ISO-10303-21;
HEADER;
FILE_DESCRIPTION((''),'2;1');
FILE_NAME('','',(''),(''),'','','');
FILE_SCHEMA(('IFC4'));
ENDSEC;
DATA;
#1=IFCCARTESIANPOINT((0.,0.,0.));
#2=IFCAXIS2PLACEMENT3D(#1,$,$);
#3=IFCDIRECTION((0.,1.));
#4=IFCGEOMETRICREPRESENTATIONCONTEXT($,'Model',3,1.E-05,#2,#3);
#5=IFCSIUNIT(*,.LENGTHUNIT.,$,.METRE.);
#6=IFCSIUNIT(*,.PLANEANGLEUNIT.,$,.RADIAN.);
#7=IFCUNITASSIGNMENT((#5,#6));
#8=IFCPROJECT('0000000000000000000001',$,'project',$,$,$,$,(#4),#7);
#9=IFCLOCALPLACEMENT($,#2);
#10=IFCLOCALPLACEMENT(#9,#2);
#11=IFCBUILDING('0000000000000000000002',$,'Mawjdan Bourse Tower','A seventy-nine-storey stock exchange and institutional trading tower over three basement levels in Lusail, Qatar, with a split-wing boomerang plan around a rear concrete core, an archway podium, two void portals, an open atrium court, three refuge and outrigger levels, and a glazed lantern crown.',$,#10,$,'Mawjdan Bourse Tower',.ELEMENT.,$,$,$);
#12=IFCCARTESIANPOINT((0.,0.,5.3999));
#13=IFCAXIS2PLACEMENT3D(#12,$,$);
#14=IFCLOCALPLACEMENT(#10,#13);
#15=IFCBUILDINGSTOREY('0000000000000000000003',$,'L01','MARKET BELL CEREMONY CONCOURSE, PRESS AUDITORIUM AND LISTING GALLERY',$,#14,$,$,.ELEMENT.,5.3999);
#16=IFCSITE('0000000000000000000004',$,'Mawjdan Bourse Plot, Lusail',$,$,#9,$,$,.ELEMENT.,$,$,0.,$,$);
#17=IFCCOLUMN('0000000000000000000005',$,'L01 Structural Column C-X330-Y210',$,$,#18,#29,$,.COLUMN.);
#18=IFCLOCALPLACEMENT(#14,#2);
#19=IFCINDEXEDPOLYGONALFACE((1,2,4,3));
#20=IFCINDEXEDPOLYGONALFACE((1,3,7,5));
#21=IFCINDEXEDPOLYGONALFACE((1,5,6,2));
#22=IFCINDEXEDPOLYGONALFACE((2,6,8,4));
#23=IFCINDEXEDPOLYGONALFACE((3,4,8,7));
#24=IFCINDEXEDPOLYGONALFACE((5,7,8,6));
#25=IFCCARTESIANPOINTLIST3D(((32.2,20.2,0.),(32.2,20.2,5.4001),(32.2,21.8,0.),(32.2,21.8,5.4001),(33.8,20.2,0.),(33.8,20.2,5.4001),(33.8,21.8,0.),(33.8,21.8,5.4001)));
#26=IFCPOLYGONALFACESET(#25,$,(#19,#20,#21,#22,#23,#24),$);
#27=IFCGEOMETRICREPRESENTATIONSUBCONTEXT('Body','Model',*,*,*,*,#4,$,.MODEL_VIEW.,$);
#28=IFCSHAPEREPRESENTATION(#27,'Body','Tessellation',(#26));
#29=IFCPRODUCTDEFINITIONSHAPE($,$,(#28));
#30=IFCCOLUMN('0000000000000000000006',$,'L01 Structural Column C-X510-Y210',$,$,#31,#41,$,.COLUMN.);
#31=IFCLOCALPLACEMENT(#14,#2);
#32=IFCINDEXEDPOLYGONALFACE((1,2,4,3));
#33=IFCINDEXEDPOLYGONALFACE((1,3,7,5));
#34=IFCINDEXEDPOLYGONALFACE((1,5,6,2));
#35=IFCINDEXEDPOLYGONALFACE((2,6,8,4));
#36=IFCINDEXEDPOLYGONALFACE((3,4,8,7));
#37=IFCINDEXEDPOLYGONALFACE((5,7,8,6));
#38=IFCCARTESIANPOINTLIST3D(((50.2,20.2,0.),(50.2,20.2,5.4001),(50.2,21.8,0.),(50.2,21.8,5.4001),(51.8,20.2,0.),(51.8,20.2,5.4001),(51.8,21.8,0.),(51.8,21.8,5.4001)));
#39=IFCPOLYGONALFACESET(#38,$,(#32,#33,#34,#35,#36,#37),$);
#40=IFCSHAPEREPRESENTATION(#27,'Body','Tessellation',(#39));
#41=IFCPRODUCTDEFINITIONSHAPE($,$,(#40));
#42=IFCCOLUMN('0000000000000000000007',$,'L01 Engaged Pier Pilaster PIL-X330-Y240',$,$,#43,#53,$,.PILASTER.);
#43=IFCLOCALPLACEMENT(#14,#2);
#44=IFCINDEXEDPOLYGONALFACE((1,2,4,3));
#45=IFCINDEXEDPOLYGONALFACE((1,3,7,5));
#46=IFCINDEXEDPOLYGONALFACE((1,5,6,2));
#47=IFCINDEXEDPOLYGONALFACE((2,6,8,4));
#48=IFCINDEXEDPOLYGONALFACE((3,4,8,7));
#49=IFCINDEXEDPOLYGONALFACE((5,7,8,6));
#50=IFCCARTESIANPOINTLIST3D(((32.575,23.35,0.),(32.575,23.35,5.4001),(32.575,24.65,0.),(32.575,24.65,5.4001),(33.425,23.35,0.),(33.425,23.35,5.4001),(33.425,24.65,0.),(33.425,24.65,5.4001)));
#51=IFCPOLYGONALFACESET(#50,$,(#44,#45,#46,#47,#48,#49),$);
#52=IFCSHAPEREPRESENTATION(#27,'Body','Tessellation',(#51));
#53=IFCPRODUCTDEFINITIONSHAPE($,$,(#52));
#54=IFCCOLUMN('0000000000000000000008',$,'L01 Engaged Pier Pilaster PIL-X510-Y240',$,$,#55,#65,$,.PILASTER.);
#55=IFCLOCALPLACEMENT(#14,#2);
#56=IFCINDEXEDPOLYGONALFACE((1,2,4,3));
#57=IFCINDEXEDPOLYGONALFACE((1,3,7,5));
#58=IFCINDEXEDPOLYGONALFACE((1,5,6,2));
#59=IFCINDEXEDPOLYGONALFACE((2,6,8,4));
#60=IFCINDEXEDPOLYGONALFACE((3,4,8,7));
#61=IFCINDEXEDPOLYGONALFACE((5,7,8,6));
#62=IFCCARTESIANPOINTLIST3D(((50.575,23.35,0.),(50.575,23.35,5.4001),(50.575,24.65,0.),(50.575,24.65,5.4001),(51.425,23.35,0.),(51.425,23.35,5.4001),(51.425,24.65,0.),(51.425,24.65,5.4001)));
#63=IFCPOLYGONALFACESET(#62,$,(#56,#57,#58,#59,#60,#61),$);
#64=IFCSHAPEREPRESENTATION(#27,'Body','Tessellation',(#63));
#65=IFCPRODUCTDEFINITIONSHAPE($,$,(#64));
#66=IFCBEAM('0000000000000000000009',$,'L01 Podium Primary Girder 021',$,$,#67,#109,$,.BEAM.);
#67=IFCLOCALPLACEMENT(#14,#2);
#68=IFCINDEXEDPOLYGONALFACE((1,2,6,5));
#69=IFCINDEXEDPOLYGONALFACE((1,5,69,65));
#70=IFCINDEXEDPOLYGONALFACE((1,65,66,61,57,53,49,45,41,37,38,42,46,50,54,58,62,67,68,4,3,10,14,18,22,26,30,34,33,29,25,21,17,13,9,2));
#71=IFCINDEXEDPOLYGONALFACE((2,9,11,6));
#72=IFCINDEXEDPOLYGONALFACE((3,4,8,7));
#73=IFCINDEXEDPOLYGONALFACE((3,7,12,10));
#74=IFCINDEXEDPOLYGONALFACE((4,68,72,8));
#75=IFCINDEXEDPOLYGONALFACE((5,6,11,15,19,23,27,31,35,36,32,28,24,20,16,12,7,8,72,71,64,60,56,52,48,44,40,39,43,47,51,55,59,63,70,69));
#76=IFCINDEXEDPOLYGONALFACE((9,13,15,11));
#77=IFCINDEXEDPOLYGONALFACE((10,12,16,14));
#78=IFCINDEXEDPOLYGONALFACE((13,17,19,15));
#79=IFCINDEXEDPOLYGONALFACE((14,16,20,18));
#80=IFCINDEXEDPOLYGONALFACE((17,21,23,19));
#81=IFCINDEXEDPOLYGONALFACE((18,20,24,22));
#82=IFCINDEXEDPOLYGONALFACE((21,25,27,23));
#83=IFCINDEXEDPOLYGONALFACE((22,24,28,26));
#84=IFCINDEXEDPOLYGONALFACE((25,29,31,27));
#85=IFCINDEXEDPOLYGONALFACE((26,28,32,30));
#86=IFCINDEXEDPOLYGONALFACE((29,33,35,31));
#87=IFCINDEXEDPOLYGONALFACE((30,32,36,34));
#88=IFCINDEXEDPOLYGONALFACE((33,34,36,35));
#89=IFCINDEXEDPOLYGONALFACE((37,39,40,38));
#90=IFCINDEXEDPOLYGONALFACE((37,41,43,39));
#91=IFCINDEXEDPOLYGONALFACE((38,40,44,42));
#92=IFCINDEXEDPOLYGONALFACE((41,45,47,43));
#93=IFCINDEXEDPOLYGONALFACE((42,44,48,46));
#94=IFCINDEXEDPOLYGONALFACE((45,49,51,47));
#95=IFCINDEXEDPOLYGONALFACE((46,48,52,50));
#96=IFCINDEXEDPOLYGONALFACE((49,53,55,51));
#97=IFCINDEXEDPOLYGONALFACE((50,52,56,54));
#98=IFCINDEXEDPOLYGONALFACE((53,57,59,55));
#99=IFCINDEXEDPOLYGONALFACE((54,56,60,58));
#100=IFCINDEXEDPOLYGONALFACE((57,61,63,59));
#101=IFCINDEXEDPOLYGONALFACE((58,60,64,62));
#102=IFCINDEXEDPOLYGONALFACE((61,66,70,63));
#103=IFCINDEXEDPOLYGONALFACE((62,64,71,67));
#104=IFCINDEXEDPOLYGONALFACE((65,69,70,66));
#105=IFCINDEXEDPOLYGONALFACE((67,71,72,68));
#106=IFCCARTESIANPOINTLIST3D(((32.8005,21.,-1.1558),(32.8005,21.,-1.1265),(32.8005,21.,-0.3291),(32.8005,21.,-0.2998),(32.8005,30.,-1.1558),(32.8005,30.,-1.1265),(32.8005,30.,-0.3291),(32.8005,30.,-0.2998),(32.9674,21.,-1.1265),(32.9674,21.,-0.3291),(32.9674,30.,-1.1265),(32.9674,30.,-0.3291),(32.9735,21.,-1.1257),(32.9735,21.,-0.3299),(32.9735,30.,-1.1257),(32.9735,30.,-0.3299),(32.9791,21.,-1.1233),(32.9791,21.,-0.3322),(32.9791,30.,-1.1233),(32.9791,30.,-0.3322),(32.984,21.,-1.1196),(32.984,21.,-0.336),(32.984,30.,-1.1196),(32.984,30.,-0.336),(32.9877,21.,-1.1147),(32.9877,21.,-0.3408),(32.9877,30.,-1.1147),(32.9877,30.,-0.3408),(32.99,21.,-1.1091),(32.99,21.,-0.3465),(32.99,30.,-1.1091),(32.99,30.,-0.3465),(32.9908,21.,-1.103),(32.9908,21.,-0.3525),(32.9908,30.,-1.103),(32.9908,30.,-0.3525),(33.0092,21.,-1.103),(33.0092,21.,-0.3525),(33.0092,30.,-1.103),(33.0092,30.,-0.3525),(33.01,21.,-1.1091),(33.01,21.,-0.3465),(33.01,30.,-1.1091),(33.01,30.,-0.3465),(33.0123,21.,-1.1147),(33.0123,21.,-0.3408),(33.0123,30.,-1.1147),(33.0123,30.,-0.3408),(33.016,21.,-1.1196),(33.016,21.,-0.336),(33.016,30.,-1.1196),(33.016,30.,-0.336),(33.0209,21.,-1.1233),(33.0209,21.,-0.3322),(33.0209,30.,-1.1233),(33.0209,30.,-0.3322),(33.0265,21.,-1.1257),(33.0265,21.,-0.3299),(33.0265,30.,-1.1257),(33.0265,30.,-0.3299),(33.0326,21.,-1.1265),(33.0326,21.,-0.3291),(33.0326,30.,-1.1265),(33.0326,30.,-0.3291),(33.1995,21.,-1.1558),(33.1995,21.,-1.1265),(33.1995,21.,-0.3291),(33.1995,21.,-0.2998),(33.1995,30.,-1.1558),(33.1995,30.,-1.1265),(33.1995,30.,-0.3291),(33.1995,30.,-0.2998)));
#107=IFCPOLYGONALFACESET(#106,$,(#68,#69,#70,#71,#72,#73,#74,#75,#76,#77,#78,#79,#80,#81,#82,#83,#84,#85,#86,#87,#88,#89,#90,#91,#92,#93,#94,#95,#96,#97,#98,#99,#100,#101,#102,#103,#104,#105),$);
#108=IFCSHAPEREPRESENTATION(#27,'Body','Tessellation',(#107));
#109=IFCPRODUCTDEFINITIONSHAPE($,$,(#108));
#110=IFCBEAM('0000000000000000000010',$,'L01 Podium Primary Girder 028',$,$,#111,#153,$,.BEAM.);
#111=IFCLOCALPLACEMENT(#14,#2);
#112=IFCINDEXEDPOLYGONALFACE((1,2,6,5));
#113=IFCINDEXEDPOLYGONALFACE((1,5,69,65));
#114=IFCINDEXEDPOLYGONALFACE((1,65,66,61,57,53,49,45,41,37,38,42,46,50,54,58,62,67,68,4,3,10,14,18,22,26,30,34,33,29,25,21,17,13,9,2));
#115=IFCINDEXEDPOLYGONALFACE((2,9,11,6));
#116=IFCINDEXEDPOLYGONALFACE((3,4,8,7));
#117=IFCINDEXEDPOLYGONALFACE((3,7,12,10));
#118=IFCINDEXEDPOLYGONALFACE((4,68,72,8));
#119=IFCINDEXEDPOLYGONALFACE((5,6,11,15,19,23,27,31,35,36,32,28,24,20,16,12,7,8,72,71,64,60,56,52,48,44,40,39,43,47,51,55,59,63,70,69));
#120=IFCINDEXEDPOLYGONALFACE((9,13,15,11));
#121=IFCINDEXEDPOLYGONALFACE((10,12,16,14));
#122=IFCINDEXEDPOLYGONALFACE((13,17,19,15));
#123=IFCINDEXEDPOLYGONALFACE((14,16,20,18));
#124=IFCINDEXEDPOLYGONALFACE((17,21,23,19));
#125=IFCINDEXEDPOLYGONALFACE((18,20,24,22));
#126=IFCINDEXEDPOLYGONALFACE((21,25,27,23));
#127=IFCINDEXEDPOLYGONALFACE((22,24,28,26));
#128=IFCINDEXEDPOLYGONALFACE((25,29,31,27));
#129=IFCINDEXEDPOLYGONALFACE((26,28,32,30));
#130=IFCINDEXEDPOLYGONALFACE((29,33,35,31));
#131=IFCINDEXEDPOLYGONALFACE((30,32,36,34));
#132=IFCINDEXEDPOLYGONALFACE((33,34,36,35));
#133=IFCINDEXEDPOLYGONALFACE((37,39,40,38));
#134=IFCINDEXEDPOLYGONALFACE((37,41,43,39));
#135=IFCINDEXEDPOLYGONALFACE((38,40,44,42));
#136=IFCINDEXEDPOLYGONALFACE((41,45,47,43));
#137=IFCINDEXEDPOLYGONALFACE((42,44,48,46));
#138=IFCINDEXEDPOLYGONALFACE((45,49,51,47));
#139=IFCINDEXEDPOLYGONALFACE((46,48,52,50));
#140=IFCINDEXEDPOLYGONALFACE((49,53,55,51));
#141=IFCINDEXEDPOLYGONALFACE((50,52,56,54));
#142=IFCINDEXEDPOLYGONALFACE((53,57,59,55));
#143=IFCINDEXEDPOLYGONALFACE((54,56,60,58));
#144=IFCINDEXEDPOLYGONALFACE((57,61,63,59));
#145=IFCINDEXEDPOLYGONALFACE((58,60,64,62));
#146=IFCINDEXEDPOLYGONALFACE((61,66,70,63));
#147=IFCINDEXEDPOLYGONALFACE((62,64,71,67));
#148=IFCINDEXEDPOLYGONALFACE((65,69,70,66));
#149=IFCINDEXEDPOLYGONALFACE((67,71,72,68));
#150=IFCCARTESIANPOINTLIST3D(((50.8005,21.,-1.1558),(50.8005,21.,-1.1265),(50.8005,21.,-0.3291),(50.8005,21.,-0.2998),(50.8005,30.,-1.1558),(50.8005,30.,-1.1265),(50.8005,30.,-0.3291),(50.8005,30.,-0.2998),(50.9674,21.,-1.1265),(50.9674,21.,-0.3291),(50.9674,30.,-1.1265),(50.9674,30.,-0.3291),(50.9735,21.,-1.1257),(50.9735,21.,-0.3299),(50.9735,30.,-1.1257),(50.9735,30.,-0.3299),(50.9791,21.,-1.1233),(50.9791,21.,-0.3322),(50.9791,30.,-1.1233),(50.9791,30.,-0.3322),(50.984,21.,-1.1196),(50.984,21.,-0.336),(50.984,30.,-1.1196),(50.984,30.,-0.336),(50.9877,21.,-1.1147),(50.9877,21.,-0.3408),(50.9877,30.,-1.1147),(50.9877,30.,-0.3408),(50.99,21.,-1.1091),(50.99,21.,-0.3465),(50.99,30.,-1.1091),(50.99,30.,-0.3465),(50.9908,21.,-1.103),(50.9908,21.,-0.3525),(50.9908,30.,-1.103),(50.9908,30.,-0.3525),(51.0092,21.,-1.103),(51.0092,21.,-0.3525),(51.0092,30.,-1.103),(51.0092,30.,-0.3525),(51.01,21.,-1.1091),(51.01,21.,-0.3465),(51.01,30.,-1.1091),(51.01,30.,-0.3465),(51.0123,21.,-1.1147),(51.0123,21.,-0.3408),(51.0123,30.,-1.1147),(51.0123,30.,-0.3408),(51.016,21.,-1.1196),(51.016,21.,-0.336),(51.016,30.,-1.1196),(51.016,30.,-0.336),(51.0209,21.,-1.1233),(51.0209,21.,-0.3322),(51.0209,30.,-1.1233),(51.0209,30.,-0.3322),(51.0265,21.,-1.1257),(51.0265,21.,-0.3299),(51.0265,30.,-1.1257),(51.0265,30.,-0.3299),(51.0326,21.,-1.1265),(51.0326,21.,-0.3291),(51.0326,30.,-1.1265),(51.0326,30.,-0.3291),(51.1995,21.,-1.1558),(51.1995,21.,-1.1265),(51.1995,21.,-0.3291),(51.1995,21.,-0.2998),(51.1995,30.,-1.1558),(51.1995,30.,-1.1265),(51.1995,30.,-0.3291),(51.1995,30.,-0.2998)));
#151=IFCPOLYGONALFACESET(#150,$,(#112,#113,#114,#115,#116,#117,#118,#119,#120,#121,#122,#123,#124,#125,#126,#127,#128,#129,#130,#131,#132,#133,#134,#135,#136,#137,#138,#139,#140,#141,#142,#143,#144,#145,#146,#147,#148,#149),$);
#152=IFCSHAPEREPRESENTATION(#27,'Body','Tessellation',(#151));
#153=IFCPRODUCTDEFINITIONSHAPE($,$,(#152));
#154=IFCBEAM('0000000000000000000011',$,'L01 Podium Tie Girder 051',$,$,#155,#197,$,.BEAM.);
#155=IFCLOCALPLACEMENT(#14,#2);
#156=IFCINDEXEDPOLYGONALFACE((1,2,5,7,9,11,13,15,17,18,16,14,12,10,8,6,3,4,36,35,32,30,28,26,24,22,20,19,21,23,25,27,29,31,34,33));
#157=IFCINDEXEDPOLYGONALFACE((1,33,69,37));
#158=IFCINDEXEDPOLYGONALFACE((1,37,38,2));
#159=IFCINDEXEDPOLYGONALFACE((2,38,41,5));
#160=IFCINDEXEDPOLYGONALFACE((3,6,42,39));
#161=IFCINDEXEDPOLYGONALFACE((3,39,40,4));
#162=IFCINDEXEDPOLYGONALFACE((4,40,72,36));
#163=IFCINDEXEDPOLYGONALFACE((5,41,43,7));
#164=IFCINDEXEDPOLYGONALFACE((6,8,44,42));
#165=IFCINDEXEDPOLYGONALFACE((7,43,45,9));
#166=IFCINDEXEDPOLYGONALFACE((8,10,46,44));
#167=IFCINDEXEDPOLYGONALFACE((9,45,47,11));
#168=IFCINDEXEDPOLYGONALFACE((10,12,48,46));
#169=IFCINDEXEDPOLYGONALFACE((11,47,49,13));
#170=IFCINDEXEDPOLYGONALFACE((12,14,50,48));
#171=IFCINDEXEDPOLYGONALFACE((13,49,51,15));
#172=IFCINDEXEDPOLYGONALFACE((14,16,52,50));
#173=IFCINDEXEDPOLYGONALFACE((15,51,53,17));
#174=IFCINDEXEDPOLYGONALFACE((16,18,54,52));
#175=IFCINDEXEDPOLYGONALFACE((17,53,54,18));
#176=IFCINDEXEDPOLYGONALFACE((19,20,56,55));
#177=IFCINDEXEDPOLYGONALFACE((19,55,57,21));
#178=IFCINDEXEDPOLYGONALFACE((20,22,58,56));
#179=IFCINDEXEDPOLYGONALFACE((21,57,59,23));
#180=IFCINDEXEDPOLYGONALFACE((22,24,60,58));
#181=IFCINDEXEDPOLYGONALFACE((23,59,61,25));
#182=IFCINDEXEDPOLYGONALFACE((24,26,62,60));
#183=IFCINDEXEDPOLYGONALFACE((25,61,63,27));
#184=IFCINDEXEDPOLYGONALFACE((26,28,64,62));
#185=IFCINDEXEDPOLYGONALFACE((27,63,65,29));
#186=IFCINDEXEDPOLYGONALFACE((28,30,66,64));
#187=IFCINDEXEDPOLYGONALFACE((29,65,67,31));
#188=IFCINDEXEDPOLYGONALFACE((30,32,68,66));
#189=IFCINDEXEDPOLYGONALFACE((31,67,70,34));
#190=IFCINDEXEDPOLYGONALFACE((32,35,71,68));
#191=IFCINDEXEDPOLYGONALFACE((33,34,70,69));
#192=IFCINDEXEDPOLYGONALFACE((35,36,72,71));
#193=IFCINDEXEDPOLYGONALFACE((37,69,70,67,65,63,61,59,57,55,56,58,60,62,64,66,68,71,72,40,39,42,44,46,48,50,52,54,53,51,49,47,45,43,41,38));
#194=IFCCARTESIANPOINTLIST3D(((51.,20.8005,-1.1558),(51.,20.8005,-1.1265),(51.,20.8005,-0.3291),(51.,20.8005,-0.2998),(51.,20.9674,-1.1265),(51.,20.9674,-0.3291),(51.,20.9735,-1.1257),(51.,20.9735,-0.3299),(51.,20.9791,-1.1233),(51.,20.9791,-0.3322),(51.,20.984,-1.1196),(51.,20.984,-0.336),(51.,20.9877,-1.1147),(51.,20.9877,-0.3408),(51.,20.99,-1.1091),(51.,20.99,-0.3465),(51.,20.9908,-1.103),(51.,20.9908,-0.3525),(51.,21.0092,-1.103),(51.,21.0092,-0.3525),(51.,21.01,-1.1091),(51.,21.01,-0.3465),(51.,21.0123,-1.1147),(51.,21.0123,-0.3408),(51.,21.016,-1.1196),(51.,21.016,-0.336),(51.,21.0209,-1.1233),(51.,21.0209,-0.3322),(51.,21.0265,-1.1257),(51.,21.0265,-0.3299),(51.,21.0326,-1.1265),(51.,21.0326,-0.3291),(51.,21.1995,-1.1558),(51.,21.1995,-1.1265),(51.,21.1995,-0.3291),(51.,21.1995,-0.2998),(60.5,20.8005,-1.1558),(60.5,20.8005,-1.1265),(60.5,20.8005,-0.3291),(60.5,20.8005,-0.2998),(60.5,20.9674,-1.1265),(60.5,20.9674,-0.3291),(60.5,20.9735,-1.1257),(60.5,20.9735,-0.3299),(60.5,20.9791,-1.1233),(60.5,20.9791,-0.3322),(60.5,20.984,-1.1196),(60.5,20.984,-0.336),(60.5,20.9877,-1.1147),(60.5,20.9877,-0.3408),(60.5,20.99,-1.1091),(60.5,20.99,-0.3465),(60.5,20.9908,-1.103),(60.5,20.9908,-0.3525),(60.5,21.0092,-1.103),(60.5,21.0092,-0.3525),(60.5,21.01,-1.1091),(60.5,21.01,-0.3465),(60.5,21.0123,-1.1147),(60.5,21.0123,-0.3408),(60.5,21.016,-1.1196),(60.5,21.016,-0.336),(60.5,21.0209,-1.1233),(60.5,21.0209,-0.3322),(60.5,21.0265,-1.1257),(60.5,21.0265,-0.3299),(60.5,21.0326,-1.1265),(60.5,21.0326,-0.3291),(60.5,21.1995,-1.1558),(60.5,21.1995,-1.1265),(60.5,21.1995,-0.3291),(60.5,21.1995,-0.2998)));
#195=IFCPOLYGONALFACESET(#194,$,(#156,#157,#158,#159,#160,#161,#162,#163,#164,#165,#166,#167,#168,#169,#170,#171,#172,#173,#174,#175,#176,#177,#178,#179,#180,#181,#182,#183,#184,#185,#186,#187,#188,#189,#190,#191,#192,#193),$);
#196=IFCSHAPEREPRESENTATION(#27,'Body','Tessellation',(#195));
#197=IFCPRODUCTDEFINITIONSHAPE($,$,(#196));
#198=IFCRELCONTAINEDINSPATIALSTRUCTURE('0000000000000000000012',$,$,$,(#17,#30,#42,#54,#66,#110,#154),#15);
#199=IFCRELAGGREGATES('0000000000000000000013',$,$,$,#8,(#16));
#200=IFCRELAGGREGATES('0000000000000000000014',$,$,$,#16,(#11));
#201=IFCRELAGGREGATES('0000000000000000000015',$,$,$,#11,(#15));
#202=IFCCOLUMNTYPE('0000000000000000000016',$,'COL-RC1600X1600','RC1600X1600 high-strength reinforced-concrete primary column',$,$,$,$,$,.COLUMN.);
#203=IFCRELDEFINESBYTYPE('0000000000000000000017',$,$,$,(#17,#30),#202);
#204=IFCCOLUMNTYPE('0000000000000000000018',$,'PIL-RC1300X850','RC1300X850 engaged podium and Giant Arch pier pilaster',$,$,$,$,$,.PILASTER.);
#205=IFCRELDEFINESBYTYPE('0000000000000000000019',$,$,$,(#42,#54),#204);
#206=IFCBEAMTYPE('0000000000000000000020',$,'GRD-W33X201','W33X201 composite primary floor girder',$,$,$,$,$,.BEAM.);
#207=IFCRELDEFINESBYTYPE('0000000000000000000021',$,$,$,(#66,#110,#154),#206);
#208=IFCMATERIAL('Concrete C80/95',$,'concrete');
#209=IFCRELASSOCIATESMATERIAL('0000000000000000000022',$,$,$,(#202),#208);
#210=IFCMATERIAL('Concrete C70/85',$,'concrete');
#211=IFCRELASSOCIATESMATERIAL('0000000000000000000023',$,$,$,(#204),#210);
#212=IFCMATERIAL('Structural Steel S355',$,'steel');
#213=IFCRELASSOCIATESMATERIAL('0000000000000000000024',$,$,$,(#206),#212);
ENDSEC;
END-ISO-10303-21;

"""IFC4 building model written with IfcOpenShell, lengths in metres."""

from ifc_helpers import new_model, si_unit, direction, frame, origin, origin_2d, place, context, subcontext, project, spatial, rectangle, i_section, extrude, material, material_profile, profile_set, type_object, element, save


model = new_model("IFC4")

# Units and contexts
model_context = context("Model", 3, precision=1e-05, world=origin(), true_north=direction((0.0, 1.0)))
body_context = subcontext(model_context, "Body", "Model", "MODEL_VIEW")
ifc_project = project(units=[si_unit("LENGTHUNIT", "METRE"), si_unit("PLANEANGLEUNIT", "RADIAN")], contexts=[model_context])

# Site, building, storey
site_placement = place(None, origin())
site = spatial("IfcSite", under=ifc_project, at=site_placement, Name="Mawjdan Bourse Plot, Lusail", CompositionType="ELEMENT", RefElevation=0.0)
building_placement = place(site_placement, origin())
building = spatial("IfcBuilding", under=site, at=building_placement, Name="Mawjdan Bourse Tower", Description="A seventy-nine-storey stock exchange and institutional trading tower over three basement levels in Lusail, Qatar, with a split-wing boomerang plan around a rear concrete core, an archway podium, two void portals, an open atrium court, three refuge and outrigger levels, and a glazed lantern crown.", LongName="Mawjdan Bourse Tower", CompositionType="ELEMENT")
storey_placement = place(building_placement, frame((0.0, 0.0, 5.3999)))
storey = spatial("IfcBuildingStorey", under=building, at=storey_placement, Name="L01", Description="MARKET BELL CEREMONY CONCOURSE, PRESS AUDITORIUM AND LISTING GALLERY", CompositionType="ELEMENT", Elevation=5.3999)

# Columns
ifc_material_1 = material(Name="Concrete C80/95", Category="concrete")
ifc_material_profile_1 = material_profile(ifc_material_1, rectangle(XDim=1.6001, YDim=1.6001, at=origin_2d()), Name="RC1600X1600")
ifc_profile_set_1 = profile_set([ifc_material_profile_1], Name="Concrete C80/95")
column_type_1 = type_object("IfcColumnType", Name="COL-RC1600X1600", Description="RC1600X1600 high-strength reinforced-concrete primary column", PredefinedType="COLUMN", material=ifc_profile_set_1)
for number, where, z_axis, x_axis, name in (
    (1, (33.0, 21.0, 0.0), (0.0, 0.0, 1.0), (1.0, 0.0, 0.0), "L01 Structural Column C-X330-Y210"),
    (2, (51.0, 21.0, 0.0), (0.0, 0.0, 1.0), (1.0, 0.0, 0.0), "L01 Structural Column C-X510-Y210"),
):
    element("IfcColumn", number, at=place(storey_placement, frame(where, z_axis=z_axis, x_axis=x_axis)), inside=storey, type_object=column_type_1, Name=name, PredefinedType="COLUMN", context=body_context, shape_type="SweptSolid", body=[
        extrude(rectangle(XDim=1.6001, YDim=1.6001, at=origin_2d()), origin(), (0.0, 0.0, 1.0), 5.4001),
    ])
ifc_material_2 = material(Name="Concrete C70/85", Category="concrete")
ifc_material_profile_2 = material_profile(ifc_material_2, rectangle(XDim=0.8501, YDim=1.3, at=origin_2d()), Name="RC1300X850")
ifc_profile_set_2 = profile_set([ifc_material_profile_2], Name="Concrete C70/85")
column_type_2 = type_object("IfcColumnType", Name="PIL-RC1300X850", Description="RC1300X850 engaged podium and Giant Arch pier pilaster", PredefinedType="PILASTER", material=ifc_profile_set_2)
for number, where, z_axis, x_axis, name in (
    (3, (33.0, 24.0, 0.0), (0.0, 0.0, 1.0), (1.0, 0.0, 0.0), "L01 Engaged Pier Pilaster PIL-X330-Y240"),
    (4, (51.0, 24.0, 0.0), (0.0, 0.0, 1.0), (1.0, 0.0, 0.0), "L01 Engaged Pier Pilaster PIL-X510-Y240"),
):
    element("IfcColumn", number, at=place(storey_placement, frame(where, z_axis=z_axis, x_axis=x_axis)), inside=storey, type_object=column_type_2, Name=name, PredefinedType="PILASTER", context=body_context, shape_type="SweptSolid", body=[
        extrude(rectangle(XDim=0.8501, YDim=1.3, at=origin_2d()), origin(), (0.0, 0.0, 1.0), 5.4001),
    ])

# Beams
ifc_material_3 = material(Name="Structural Steel S355", Category="steel")
ifc_material_profile_3 = material_profile(ifc_material_3, i_section(OverallWidth=0.3989, OverallDepth=0.856, WebThickness=0.0183, FlangeThickness=0.0293, FilletRadius=0.0234, at=origin_2d()), Name="W33X201")
ifc_profile_set_3 = profile_set([ifc_material_profile_3], Name="Structural Steel S355")
beam_type_1 = type_object("IfcBeamType", Name="GRD-W33X201", Description="W33X201 composite primary floor girder", PredefinedType="BEAM", material=ifc_profile_set_3)
for number, where, z_axis, x_axis, name in (
    (5, (33.0, 21.0, -0.7278), (0.0, 1.0, 0.0), (-1.0, 0.0, 0.0), "L01 Podium Primary Girder 021"),
    (6, (51.0, 21.0, -0.7278), (0.0, 1.0, 0.0), (-1.0, 0.0, 0.0), "L01 Podium Primary Girder 028"),
):
    element("IfcBeam", number, at=place(storey_placement, frame(where, z_axis=z_axis, x_axis=x_axis)), inside=storey, type_object=beam_type_1, Name=name, PredefinedType="BEAM", context=body_context, shape_type="SweptSolid", body=[
        extrude(i_section(OverallWidth=0.3989, OverallDepth=0.856, WebThickness=0.0183, FlangeThickness=0.0293, FilletRadius=0.0234, at=origin_2d()), origin(), (0.0, 0.0, 1.0), 9.0),
    ])
beam_placement = place(storey_placement, frame((51.0, 21.0, -0.7278), z_axis=(1.0, 0.0, 0.0), x_axis=(0.0, 1.0, 0.0)))
element("IfcBeam", 7, at=beam_placement, inside=storey, type_object=beam_type_1, Name="L01 Podium Tie Girder 051", PredefinedType="BEAM", context=body_context, shape_type="SweptSolid", body=[
    extrude(i_section(OverallWidth=0.3989, OverallDepth=0.856, WebThickness=0.0183, FlangeThickness=0.0293, FilletRadius=0.0234, at=origin_2d()), origin(), (0.0, 0.0, 1.0), 9.5),
])

save(model, "model.ifc")
